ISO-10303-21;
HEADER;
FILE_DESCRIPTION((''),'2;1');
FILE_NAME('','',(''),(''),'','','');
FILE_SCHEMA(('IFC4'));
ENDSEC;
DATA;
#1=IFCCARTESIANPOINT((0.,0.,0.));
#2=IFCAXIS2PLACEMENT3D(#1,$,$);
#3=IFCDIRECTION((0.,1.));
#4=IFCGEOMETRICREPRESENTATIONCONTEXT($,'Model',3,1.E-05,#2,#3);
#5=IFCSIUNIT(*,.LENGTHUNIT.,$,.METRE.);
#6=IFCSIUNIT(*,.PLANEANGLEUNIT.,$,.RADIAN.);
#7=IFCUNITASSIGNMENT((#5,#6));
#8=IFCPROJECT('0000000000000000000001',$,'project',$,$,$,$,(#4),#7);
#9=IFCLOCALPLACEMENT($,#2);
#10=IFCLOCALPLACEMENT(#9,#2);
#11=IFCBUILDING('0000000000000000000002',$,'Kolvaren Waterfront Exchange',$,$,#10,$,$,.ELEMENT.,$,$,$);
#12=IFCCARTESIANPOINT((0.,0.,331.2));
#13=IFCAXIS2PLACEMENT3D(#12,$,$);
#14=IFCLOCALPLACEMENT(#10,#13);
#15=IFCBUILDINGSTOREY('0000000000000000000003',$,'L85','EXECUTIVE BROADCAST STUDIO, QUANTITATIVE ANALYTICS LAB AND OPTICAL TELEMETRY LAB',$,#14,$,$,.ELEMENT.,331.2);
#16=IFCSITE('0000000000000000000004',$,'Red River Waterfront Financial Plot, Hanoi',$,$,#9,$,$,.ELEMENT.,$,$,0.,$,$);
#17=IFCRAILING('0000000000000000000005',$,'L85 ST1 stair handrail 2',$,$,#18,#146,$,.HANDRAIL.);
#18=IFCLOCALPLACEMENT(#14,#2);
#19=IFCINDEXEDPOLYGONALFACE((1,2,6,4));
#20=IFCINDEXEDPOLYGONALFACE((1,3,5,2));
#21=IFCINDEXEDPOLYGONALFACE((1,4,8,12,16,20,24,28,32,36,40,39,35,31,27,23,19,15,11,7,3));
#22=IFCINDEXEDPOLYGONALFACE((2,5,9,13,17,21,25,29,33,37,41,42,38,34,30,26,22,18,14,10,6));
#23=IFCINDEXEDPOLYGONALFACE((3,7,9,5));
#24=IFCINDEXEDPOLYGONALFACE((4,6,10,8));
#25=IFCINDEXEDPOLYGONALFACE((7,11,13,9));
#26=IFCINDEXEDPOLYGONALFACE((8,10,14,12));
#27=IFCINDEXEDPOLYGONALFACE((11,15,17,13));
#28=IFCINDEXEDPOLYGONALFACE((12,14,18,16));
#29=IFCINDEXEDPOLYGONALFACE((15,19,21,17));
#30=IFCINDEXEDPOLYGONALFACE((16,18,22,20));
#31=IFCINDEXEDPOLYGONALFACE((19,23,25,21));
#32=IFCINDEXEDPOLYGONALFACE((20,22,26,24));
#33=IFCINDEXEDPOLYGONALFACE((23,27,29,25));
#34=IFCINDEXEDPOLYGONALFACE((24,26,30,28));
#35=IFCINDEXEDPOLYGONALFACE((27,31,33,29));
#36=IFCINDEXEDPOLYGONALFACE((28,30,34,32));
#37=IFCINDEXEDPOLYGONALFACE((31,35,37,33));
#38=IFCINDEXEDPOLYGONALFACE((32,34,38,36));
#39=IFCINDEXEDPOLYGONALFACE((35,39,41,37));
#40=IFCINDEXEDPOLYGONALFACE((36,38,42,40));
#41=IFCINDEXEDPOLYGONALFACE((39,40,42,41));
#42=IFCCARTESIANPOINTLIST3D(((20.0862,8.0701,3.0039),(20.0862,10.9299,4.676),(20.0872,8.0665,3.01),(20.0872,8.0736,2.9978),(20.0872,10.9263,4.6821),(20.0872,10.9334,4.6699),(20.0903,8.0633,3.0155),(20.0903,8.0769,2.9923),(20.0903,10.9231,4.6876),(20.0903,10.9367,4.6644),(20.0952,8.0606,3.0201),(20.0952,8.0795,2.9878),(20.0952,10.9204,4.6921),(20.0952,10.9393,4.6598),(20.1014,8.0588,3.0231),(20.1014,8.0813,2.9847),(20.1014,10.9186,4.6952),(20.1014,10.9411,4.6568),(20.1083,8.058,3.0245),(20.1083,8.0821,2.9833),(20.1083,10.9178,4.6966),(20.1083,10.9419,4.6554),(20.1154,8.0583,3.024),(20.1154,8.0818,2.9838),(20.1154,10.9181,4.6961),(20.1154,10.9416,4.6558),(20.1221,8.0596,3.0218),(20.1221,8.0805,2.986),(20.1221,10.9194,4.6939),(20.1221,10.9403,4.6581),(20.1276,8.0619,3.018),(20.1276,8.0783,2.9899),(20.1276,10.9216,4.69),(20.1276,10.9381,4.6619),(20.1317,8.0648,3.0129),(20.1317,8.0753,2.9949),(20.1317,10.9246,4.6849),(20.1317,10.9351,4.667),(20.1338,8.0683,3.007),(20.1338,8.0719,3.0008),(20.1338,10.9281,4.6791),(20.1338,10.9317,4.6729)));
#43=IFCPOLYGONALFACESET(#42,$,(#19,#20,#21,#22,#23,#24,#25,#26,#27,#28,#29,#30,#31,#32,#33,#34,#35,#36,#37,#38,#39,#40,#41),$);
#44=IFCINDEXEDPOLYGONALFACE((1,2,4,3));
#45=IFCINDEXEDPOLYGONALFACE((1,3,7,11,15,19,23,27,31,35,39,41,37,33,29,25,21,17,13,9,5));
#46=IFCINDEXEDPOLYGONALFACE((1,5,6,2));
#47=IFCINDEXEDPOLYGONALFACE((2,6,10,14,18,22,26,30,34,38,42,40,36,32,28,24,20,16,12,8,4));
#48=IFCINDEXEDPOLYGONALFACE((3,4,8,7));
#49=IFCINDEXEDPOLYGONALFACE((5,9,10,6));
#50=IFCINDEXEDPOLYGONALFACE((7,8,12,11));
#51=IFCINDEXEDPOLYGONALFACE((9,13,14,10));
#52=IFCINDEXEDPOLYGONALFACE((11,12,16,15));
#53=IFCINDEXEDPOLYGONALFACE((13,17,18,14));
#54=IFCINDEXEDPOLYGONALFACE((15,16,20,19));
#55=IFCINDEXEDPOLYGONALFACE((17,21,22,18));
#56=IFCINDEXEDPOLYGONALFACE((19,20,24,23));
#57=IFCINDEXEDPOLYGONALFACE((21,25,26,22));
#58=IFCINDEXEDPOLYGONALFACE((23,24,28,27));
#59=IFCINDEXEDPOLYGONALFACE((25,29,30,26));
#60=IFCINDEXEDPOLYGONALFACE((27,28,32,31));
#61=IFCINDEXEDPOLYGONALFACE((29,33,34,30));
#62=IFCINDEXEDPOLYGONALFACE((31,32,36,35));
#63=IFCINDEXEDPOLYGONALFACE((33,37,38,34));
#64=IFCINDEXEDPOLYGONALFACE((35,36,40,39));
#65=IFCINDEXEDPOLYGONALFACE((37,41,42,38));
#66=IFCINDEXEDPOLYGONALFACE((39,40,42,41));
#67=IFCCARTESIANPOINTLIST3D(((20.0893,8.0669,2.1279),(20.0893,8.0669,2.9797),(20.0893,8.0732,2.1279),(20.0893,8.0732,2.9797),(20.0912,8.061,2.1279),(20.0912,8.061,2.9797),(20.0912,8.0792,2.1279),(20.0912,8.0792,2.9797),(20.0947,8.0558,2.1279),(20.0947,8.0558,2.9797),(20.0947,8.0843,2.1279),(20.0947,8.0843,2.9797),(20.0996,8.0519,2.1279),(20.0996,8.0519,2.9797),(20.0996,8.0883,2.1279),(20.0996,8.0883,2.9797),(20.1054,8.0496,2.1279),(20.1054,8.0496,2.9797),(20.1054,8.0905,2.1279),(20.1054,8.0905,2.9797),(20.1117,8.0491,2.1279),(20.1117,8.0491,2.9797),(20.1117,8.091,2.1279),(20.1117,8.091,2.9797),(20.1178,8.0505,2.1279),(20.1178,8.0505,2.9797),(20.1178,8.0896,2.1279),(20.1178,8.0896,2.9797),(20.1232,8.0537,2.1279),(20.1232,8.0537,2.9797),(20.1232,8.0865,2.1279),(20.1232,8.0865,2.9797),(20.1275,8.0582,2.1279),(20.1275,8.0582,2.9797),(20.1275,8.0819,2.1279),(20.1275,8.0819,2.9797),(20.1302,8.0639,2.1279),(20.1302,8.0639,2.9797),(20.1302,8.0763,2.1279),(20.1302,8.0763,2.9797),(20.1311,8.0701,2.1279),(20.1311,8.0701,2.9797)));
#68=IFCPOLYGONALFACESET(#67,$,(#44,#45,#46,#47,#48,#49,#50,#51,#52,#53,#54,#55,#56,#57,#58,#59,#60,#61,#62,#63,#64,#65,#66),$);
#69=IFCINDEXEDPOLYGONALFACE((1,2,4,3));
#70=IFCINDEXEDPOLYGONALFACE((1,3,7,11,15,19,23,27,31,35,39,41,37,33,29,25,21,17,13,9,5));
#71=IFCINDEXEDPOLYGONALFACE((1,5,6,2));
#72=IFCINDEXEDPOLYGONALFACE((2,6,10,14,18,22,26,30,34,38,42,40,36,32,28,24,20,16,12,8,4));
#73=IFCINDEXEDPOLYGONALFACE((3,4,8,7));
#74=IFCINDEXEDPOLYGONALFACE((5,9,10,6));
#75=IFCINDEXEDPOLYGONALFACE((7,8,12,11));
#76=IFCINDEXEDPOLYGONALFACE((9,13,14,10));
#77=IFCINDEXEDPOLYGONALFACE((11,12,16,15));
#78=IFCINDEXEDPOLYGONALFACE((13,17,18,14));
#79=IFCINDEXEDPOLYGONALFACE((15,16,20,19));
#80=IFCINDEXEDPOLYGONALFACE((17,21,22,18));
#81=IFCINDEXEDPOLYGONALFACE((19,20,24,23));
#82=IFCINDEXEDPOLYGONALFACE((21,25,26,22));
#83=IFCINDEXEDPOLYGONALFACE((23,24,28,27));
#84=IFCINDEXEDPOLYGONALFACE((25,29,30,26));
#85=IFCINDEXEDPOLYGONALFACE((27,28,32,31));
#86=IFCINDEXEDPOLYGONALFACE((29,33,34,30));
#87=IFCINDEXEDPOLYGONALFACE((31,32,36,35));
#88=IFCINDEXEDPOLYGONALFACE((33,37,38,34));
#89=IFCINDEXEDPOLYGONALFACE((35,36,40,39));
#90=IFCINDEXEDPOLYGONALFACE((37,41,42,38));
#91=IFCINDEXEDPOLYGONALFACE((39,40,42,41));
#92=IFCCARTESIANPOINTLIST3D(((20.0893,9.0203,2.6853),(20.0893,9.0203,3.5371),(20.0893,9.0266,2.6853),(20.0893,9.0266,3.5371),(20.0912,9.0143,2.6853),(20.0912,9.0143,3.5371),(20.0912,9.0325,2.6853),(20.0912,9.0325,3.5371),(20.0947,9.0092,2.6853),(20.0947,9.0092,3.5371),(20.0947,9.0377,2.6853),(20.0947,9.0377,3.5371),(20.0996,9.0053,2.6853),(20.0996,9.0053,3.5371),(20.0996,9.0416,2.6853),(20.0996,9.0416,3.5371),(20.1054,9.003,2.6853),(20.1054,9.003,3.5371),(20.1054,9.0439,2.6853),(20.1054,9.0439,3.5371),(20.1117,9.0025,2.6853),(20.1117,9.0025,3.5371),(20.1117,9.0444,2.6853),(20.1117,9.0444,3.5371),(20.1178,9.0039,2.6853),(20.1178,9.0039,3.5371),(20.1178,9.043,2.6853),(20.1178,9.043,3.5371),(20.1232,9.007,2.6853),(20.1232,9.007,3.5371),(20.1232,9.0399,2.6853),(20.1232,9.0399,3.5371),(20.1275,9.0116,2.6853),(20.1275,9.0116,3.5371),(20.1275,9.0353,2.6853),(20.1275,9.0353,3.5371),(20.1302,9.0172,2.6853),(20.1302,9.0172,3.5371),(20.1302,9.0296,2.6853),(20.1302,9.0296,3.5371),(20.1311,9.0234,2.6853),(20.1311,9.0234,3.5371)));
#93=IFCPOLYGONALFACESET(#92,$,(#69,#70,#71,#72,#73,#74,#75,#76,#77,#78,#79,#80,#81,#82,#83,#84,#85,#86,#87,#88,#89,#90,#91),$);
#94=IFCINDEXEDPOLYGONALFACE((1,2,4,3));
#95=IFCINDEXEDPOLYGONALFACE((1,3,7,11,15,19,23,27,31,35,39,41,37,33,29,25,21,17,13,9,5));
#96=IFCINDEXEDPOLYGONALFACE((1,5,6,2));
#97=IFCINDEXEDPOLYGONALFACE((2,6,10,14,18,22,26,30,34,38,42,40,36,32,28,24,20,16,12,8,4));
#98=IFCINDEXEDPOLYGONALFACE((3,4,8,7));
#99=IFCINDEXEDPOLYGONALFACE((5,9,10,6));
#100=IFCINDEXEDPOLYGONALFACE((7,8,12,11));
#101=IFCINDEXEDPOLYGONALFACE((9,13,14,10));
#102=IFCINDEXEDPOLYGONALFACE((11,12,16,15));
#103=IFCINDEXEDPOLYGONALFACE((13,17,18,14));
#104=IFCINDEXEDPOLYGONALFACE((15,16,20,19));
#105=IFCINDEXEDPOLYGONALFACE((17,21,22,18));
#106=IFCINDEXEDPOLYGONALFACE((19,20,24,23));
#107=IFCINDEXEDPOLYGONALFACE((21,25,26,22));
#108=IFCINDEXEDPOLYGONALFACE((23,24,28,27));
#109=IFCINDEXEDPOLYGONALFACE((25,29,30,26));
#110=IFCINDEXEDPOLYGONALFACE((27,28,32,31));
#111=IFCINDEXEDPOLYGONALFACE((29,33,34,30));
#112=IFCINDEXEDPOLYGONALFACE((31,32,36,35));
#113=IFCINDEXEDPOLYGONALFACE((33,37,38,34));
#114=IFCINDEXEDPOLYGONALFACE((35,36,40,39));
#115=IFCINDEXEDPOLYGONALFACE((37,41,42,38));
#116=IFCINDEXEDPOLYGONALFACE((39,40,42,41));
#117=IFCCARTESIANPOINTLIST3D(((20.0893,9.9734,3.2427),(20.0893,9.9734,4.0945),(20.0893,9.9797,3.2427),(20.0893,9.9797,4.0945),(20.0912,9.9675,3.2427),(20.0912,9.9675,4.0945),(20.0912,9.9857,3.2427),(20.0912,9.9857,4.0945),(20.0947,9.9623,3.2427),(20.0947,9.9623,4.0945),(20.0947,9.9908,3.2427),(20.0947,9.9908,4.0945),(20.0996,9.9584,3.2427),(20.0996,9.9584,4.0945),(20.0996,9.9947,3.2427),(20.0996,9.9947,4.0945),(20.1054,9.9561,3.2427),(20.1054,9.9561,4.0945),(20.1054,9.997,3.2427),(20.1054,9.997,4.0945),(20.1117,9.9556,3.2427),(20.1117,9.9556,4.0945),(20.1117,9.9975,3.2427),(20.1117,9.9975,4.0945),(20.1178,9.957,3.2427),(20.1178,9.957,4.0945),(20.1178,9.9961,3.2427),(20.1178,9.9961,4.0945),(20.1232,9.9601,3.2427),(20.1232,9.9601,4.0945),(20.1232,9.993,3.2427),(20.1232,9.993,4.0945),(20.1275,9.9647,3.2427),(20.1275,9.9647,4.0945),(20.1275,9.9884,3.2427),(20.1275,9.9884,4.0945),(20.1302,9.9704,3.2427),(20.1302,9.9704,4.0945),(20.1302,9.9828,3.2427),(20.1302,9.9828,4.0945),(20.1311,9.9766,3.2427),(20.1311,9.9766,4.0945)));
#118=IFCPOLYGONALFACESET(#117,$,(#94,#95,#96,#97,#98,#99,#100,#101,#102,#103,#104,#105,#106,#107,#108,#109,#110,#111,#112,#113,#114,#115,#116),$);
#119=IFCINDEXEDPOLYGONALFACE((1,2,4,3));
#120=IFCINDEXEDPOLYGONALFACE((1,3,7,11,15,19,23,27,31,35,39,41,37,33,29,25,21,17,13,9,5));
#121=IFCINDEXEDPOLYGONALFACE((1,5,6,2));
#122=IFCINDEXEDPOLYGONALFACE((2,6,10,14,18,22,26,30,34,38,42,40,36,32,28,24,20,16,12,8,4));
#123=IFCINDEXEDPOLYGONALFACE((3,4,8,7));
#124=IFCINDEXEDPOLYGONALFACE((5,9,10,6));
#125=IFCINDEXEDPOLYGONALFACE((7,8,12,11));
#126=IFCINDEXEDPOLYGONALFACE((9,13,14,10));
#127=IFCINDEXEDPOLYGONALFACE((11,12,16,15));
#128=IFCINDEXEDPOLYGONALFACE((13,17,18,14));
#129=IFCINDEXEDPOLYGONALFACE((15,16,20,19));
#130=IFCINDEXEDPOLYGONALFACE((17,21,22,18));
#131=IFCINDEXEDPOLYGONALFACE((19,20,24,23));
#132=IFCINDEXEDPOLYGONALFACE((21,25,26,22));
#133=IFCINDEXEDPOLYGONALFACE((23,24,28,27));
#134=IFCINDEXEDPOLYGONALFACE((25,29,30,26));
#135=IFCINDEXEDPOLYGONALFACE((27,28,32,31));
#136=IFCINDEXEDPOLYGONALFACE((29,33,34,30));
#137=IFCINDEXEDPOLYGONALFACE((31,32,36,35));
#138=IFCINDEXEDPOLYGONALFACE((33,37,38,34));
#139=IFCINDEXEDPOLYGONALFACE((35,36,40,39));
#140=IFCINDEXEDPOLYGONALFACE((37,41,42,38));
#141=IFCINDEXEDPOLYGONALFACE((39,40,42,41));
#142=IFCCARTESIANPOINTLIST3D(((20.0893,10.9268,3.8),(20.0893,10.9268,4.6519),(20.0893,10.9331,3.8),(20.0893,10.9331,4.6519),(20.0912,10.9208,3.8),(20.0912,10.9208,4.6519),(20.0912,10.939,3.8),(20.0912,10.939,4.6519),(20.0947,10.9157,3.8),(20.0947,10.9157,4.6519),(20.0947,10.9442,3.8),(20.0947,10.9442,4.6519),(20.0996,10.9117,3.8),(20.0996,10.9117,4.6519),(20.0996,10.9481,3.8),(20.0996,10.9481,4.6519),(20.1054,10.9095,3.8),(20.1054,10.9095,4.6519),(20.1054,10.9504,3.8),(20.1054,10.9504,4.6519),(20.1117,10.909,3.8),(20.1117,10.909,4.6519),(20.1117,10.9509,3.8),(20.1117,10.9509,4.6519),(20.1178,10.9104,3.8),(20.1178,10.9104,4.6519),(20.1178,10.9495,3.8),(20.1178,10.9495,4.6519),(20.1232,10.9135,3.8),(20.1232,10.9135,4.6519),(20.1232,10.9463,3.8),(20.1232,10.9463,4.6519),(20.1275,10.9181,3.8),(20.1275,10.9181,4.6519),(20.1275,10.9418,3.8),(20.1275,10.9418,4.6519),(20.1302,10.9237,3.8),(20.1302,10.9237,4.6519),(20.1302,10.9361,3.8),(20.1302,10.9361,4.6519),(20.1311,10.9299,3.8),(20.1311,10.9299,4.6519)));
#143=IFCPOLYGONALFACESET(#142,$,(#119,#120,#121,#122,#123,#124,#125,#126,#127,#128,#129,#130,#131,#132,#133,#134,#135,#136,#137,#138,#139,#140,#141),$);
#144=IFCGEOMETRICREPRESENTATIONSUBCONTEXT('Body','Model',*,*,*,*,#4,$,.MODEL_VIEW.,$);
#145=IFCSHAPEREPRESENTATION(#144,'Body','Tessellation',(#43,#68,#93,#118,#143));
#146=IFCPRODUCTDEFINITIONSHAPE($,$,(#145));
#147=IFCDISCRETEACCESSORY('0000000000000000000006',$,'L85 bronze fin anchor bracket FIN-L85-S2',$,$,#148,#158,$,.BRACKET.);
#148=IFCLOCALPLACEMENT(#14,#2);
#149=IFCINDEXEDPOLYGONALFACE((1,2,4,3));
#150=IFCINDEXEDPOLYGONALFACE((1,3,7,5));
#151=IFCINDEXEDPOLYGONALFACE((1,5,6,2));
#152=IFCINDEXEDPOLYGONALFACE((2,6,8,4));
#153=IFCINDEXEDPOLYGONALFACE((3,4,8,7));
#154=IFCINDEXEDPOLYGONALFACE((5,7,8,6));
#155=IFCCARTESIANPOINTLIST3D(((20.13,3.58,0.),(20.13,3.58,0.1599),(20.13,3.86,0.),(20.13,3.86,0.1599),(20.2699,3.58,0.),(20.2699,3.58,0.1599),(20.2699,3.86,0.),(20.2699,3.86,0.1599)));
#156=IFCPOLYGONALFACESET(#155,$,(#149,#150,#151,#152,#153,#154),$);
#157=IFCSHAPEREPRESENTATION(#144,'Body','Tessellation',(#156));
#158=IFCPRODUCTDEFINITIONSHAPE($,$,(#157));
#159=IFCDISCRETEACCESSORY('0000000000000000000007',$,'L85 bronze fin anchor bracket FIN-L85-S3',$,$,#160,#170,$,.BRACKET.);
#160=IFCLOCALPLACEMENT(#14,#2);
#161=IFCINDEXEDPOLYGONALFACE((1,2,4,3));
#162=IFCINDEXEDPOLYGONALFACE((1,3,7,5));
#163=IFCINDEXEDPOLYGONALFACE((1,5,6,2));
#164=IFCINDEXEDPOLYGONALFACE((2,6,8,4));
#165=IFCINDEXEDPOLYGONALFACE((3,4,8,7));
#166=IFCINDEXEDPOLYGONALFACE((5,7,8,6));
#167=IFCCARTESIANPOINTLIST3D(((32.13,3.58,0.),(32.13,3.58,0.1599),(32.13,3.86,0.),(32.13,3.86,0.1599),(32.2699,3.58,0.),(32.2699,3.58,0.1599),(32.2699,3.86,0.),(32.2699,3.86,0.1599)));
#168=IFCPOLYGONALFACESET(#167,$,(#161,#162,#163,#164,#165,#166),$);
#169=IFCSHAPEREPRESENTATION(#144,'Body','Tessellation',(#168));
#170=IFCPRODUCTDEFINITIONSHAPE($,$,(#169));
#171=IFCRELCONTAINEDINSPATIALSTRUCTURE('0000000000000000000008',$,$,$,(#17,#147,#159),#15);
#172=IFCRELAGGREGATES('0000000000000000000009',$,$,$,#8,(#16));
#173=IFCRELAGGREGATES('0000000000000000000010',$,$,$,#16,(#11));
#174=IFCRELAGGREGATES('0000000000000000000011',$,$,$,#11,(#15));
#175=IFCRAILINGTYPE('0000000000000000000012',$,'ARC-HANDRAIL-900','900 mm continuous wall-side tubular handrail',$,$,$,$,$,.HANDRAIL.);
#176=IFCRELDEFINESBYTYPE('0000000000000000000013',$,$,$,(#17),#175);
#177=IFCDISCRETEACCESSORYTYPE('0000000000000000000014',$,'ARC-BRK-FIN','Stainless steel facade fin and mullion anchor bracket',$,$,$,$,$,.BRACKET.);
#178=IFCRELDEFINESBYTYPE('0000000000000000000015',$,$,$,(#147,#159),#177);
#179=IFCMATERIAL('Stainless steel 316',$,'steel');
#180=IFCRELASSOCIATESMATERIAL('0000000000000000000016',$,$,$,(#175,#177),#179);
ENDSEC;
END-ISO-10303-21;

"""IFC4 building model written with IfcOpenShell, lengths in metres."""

from ifc_helpers import new_model, si_unit, direction, frame, origin, origin_with_axes, origin_2d, place, context, subcontext, project, spatial, rectangle, circle, extrude, source, transform, mapped, material, type_object, element, save


model = new_model("IFC4")

# Units and contexts
model_context = context("Model", 3, precision=1e-05, world=origin(), true_north=direction((0.0, 1.0)))
body_context = subcontext(model_context, "Body", "Model", "MODEL_VIEW")
ifc_project = project(units=[si_unit("LENGTHUNIT", "METRE"), si_unit("PLANEANGLEUNIT", "RADIAN")], contexts=[model_context])

# Site, building, storey
site_placement = place(None, origin())
site = spatial("IfcSite", under=ifc_project, at=site_placement, Name="Red River Waterfront Financial Plot, Hanoi", CompositionType="ELEMENT", RefElevation=0.0)
building_placement = place(site_placement, origin())
building = spatial("IfcBuilding", under=site, at=building_placement, Name="Kolvaren Waterfront Exchange", CompositionType="ELEMENT")
storey_placement = place(building_placement, frame((0.0, 0.0, 331.2)))
storey = spatial("IfcBuildingStorey", under=building, at=storey_placement, Name="L85", Description="EXECUTIVE BROADCAST STUDIO, QUANTITATIVE ANALYTICS LAB AND OPTICAL TELEMETRY LAB", CompositionType="ELEMENT", Elevation=331.2)

# Railing
ifc_material_1 = material(Name="Stainless steel 316", Category="steel")
railing_type_1 = type_object("IfcRailingType", Name="ARC-HANDRAIL-900", Description="900 mm continuous wall-side tubular handrail", PredefinedType="HANDRAIL", material=ifc_material_1)
railing_1_placement = place(storey_placement, frame((20.1101, 8.0701, 2.1279)))
element("IfcRailing", 1, at=railing_1_placement, inside=storey, type_object=railing_type_1, Name="L85 ST1 stair handrail 2", PredefinedType="HANDRAIL", context=body_context, shape_type="SweptSolid", body=[
    extrude(circle(Radius=0.0239, at=origin_2d()), frame((0.0, 0.0, 0.876), z_axis=(0.0, 0.863271, 0.504741), x_axis=(-1.0, 0.0, 0.0)), (0.0, 0.0, 1.0), 3.3127),
    extrude(circle(Radius=0.021, at=origin_2d()), origin(), (0.0, 0.0, 1.0), 0.8518),
    extrude(circle(Radius=0.021, at=origin_2d()), frame((0.0, 0.9534, 0.5574)), (0.0, 0.0, 1.0), 0.8518),
    extrude(circle(Radius=0.021, at=origin_2d()), frame((0.0, 1.9065, 1.1147)), (0.0, 0.0, 1.0), 0.8518),
    extrude(circle(Radius=0.021, at=origin_2d()), frame((0.0, 2.8599, 1.6721)), (0.0, 0.0, 1.0), 0.8518),
])

# Discrete accessories
discrete_accessory_type = type_object("IfcDiscreteAccessoryType", Name="ARC-BRK-FIN", Description="Stainless steel facade fin and mullion anchor bracket", PredefinedType="BRACKET", material=ifc_material_1)
shared_shape_1 = source(origin_with_axes(), body_context, "Body", "SweptSolid", [
    extrude(rectangle(XDim=0.28, YDim=0.1399, at=origin_2d()), origin(), (0.0, 0.0, 1.0), 0.1599),
])
for number, where, z_axis, x_axis, name in (
    (2, (20.2, 3.72, 0.0), (0.0, 0.0, 1.0), (0.0, -1.0, 0.0), "L85 bronze fin anchor bracket FIN-L85-S2"),
    (3, (32.2, 3.72, 0.0), (0.0, 0.0, 1.0), (0.0, -1.0, 0.0), "L85 bronze fin anchor bracket FIN-L85-S3"),
):
    element("IfcDiscreteAccessory", number, at=place(storey_placement, frame(where, z_axis=z_axis, x_axis=x_axis)), inside=storey, type_object=discrete_accessory_type, Name=name, PredefinedType="BRACKET", context=body_context, shape_type="MappedRepresentation", body=[
        mapped(shared_shape_1, transform((0.0, 0.0, 0.0), x_axis=(1.0, 0.0, 0.0), y_axis=(0.0, 1.0, 0.0), z_axis=(0.0, 0.0, 1.0), scale=1.0)),
    ])

save(model, "model.ifc")
